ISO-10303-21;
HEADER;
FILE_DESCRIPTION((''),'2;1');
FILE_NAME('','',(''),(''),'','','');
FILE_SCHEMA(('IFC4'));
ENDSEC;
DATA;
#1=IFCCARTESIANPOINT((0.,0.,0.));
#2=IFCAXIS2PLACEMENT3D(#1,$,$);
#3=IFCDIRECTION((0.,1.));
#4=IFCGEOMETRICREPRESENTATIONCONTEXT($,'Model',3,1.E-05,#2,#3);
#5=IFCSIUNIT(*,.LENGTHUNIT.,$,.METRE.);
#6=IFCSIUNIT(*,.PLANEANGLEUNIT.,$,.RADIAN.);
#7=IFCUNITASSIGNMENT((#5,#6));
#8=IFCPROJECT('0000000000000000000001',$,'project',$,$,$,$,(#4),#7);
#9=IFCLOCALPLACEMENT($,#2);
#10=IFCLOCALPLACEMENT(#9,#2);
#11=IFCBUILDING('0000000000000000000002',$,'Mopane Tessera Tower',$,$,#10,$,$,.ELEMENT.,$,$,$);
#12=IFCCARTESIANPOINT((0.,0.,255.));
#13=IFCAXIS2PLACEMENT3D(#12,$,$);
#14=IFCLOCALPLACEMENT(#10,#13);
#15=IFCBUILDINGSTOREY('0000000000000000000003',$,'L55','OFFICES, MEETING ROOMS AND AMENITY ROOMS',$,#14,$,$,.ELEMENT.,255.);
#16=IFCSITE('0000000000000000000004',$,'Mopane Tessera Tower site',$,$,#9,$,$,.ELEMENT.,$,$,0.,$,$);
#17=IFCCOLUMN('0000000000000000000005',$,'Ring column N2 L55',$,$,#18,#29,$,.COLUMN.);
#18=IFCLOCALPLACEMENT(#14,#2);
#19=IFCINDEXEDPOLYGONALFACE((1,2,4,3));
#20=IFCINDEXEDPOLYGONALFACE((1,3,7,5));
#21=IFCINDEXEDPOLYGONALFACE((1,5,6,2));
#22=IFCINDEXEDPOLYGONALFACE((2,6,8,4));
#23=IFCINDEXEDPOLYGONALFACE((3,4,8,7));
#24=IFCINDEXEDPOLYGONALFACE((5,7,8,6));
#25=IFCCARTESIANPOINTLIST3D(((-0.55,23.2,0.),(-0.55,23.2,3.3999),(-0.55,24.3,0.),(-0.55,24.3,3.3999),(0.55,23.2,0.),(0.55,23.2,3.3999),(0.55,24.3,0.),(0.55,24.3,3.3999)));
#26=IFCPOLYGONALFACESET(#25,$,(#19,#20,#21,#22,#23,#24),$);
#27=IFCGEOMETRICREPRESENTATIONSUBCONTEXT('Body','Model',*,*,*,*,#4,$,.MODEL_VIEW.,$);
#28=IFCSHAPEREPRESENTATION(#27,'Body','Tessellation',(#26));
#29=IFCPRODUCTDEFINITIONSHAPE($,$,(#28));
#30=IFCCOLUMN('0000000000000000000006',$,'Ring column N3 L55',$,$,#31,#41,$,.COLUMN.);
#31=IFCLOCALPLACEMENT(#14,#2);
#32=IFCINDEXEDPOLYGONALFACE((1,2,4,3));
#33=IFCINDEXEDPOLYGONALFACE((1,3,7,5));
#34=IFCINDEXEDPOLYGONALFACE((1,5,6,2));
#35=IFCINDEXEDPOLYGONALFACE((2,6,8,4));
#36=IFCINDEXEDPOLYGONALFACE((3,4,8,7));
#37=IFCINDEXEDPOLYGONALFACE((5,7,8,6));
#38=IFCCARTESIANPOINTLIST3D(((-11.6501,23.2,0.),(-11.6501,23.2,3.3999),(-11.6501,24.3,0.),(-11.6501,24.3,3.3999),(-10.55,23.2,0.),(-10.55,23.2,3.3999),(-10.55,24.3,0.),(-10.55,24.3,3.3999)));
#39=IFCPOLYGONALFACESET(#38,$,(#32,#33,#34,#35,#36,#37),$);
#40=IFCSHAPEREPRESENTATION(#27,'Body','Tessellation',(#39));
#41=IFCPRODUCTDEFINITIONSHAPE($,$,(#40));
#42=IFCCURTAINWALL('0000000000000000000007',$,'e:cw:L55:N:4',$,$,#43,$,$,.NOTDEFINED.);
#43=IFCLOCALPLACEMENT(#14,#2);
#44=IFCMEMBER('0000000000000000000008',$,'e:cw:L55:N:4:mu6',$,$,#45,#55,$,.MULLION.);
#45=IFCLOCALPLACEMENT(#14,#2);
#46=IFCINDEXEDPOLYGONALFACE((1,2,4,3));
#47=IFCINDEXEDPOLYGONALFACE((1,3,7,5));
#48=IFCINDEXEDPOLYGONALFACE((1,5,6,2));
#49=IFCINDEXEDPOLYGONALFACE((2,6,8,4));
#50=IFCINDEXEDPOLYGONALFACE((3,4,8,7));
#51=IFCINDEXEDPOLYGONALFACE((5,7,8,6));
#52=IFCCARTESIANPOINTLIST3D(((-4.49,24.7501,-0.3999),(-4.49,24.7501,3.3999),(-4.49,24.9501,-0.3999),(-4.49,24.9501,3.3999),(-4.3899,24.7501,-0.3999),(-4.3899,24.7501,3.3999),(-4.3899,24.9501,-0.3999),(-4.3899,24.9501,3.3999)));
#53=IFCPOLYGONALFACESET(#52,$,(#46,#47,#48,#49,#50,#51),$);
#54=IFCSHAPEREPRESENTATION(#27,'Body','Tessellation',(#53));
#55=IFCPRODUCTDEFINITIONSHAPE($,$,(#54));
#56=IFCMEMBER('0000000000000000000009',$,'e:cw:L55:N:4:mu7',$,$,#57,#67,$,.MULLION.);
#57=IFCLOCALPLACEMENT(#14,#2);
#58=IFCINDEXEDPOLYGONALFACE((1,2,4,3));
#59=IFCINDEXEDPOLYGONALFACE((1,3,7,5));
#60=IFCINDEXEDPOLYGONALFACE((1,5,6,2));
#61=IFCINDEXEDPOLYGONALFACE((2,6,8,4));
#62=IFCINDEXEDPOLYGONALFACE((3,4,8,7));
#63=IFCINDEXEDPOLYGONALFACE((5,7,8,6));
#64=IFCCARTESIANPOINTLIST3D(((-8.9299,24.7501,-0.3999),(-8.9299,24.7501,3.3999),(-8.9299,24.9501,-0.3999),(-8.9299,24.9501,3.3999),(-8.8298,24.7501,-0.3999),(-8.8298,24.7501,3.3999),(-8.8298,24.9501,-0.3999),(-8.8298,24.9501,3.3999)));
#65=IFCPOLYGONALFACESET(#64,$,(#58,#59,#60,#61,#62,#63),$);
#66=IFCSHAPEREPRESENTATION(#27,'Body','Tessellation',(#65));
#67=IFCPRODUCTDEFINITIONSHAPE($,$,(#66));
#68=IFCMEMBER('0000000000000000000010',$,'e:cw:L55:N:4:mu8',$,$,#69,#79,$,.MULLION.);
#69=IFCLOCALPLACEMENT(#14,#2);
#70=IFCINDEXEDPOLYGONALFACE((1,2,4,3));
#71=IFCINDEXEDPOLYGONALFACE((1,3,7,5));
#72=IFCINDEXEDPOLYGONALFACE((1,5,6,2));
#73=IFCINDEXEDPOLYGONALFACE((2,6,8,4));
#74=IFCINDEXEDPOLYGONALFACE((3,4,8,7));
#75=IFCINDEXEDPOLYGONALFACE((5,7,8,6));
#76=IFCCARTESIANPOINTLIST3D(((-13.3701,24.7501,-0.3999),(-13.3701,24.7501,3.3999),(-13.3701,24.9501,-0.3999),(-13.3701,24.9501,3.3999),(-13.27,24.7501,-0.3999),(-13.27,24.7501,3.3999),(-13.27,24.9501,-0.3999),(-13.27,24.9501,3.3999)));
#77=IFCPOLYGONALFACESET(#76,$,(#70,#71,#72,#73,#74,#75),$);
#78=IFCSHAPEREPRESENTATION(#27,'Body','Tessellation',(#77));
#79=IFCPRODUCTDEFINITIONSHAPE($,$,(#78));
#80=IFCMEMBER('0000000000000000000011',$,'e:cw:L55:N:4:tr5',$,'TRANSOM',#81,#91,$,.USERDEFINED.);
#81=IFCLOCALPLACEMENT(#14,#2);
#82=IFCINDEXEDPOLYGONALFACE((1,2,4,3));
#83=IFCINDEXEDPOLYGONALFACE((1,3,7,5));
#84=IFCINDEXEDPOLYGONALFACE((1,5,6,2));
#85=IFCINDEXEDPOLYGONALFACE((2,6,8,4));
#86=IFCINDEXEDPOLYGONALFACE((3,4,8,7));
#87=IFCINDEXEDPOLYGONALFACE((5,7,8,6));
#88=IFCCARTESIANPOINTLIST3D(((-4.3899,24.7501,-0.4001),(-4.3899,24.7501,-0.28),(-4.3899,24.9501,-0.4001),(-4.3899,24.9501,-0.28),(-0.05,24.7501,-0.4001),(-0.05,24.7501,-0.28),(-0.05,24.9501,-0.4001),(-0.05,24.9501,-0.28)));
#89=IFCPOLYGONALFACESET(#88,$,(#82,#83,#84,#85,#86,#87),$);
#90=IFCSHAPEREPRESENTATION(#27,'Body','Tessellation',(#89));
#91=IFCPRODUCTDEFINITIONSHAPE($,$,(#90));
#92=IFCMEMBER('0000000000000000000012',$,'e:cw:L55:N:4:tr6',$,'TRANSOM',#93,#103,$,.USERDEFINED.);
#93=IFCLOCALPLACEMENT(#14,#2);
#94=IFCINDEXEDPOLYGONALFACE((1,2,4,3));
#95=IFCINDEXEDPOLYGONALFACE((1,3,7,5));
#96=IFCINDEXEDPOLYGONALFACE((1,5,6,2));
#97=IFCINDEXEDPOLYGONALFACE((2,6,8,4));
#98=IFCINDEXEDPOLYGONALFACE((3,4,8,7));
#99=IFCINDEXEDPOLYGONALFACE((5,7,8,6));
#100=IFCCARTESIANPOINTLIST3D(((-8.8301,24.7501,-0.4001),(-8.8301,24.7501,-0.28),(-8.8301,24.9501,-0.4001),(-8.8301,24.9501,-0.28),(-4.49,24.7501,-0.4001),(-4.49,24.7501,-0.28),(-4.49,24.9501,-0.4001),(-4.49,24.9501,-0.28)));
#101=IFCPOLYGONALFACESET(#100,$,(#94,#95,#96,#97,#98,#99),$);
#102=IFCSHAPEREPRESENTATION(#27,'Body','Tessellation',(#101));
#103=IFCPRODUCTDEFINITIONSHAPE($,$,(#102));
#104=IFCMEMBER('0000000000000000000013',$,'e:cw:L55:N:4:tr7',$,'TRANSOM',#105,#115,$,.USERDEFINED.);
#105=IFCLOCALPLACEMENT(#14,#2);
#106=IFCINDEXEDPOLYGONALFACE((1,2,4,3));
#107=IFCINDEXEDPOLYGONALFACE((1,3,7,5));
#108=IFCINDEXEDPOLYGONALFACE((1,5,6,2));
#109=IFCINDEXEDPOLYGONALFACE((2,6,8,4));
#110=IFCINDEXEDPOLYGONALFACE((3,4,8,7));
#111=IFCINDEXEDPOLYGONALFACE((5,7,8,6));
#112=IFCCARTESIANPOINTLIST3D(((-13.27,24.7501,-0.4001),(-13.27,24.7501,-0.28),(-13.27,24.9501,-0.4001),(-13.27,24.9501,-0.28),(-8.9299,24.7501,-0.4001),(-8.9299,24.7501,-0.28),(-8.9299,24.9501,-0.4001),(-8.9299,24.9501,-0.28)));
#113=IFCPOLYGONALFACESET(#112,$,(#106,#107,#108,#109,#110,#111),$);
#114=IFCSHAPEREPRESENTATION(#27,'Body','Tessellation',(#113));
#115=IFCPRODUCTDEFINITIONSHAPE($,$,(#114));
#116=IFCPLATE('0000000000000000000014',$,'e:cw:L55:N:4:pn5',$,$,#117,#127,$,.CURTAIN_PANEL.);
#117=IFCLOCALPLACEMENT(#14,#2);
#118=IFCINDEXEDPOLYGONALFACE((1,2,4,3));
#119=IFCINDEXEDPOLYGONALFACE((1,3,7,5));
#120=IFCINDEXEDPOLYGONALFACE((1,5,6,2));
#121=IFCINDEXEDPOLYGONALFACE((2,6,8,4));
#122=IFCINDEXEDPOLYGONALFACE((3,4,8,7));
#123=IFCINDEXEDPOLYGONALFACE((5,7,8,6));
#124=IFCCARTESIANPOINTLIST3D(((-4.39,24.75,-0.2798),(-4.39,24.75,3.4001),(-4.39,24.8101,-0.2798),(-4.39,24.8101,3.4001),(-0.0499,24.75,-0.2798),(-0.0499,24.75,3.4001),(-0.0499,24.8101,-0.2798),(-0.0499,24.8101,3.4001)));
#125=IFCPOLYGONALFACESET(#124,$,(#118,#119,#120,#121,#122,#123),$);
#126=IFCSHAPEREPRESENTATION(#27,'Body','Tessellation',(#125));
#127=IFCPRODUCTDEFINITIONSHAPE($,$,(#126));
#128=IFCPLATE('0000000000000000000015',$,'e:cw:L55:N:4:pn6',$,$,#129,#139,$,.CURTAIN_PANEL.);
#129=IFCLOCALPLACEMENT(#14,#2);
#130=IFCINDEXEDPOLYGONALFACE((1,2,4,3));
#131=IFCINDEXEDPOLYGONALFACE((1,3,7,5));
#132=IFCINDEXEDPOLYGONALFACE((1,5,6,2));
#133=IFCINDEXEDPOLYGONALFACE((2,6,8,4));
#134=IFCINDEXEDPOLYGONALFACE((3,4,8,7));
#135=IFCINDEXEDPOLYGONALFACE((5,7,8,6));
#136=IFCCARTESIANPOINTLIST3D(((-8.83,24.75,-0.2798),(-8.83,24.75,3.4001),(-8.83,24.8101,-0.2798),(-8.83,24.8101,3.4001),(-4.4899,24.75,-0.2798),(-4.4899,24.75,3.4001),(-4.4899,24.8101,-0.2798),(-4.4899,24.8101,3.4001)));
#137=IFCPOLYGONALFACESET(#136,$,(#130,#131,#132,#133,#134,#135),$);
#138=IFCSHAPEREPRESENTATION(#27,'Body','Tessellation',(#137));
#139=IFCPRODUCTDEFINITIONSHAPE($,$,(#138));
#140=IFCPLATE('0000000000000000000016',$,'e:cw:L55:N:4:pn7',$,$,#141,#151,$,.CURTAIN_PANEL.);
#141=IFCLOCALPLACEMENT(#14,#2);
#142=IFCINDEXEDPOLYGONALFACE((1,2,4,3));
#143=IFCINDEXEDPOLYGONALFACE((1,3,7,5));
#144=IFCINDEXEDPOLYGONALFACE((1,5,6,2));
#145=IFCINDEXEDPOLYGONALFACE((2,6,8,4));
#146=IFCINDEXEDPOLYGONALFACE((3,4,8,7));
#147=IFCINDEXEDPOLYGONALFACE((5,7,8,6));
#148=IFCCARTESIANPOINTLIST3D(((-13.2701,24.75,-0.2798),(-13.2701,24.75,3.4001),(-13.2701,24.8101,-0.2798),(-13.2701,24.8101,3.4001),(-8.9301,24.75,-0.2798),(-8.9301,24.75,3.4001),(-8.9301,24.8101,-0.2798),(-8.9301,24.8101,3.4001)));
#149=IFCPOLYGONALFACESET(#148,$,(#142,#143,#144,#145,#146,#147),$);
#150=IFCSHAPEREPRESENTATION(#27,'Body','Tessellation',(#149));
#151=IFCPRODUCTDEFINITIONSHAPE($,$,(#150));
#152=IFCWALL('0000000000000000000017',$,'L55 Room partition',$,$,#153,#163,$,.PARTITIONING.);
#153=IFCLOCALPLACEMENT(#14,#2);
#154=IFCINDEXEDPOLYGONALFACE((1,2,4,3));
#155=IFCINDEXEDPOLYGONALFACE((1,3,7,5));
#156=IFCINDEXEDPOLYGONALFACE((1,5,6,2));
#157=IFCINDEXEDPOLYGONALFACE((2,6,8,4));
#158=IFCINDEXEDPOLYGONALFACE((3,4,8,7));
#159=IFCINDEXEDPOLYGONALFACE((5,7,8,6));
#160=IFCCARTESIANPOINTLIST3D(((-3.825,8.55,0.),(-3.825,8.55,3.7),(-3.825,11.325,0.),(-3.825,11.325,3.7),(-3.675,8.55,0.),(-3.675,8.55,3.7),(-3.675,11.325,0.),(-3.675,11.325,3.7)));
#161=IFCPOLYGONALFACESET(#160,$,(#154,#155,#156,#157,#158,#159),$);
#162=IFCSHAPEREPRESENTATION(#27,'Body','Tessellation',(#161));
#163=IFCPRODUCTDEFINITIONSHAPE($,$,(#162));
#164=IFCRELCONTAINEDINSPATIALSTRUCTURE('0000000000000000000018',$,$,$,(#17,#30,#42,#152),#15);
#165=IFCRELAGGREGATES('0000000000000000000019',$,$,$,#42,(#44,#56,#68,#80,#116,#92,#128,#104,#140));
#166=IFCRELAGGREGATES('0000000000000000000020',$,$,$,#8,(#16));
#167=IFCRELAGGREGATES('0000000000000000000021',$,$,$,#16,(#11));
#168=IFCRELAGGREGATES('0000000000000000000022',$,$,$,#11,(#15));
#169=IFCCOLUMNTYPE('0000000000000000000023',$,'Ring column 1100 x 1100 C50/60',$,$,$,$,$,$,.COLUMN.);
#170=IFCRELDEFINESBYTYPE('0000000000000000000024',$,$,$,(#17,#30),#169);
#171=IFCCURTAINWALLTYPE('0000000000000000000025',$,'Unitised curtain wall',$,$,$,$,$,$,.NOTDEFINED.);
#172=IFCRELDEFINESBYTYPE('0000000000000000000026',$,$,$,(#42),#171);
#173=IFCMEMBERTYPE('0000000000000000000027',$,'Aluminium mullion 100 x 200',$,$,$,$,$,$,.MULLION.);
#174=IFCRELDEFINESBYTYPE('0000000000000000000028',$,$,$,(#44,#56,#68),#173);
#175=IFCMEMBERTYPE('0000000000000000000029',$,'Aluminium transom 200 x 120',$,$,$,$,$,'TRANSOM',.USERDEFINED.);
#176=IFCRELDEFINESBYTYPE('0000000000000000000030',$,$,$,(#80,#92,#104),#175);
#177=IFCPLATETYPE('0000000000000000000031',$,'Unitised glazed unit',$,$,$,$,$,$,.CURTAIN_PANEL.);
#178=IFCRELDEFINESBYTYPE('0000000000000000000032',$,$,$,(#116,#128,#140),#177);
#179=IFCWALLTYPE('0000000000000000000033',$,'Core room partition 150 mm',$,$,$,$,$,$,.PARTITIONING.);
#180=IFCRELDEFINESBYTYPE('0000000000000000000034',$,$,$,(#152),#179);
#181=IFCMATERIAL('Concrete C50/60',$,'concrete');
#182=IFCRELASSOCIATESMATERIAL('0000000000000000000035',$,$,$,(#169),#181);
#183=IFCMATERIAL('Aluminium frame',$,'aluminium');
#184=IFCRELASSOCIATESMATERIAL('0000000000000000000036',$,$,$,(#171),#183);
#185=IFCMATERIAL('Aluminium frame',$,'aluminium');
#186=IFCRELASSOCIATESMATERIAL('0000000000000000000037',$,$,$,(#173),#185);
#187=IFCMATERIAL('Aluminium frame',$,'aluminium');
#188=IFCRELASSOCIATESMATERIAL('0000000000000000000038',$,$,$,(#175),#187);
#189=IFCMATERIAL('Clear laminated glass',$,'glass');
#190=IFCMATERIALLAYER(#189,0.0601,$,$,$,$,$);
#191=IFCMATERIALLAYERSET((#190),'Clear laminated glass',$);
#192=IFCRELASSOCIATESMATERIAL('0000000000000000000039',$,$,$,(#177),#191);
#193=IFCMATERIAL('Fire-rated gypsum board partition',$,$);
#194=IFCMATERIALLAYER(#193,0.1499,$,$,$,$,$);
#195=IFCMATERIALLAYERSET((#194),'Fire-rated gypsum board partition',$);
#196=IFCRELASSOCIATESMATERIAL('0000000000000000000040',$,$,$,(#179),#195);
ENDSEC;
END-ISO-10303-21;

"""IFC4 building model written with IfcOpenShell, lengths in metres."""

from ifc_helpers import new_model, si_unit, direction, frame, frame_2d, origin, origin_2d, place, context, subcontext, project, spatial, rectangle, extrude, material, layer, layer_set, material_profile, profile_set, type_object, element, aggregate, save


model = new_model("IFC4")

# Units and contexts
model_context = context("Model", 3, precision=1e-05, world=origin(), true_north=direction((0.0, 1.0)))
body_context = subcontext(model_context, "Body", "Model", "MODEL_VIEW")
ifc_project = project(units=[si_unit("LENGTHUNIT", "METRE"), si_unit("PLANEANGLEUNIT", "RADIAN")], contexts=[model_context])

# Site, building, storey
site_placement = place(None, origin())
site = spatial("IfcSite", under=ifc_project, at=site_placement, Name="Mopane Tessera Tower site", CompositionType="ELEMENT", RefElevation=0.0)
building_placement = place(site_placement, origin())
building = spatial("IfcBuilding", under=site, at=building_placement, Name="Mopane Tessera Tower", CompositionType="ELEMENT")
storey_placement = place(building_placement, frame((0.0, 0.0, 255.0)))
storey = spatial("IfcBuildingStorey", under=building, at=storey_placement, Name="L55", Description="OFFICES, MEETING ROOMS AND AMENITY ROOMS", CompositionType="ELEMENT", Elevation=255.0)

# Columns
ifc_material_1 = material(Name="Concrete C50/60", Category="concrete")
ifc_material_profile_1 = material_profile(ifc_material_1, rectangle(XDim=1.1001, YDim=1.1001, at=origin_2d()))
ifc_profile_set_1 = profile_set([ifc_material_profile_1], Name="Concrete C50/60")
column_type = type_object("IfcColumnType", Name="Ring column 1100 x 1100 C50/60", PredefinedType="COLUMN", material=ifc_profile_set_1)
for number, where, z_axis, x_axis, name in (
    (1, (0.0, 23.75, 0.0), (0.0, 0.0, 1.0), (1.0, 0.0, 0.0), "Ring column N2 L55"),
    (2, (-11.1001, 23.75, 0.0), (0.0, 0.0, 1.0), (1.0, 0.0, 0.0), "Ring column N3 L55"),
):
    element("IfcColumn", number, at=place(storey_placement, frame(where, z_axis=z_axis, x_axis=x_axis)), inside=storey, type_object=column_type, Name=name, PredefinedType="COLUMN", context=body_context, shape_type="SweptSolid", body=[
        extrude(rectangle(XDim=1.1001, YDim=1.1001, at=origin_2d()), origin(), (0.0, 0.0, 1.0), 3.3999),
    ])

# Curtain wall, members, plates
ifc_material_2 = material(Name="Aluminium frame", Category="aluminium")
curtain_wall_type = type_object("IfcCurtainWallType", Name="Unitised curtain wall", PredefinedType="NOTDEFINED", material=ifc_material_2)
curtain_wall_placement = place(storey_placement, origin())
curtain_wall = element("IfcCurtainWall", 3, at=curtain_wall_placement, inside=storey, type_object=curtain_wall_type, Name="e:cw:L55:N:4", PredefinedType="NOTDEFINED")
ifc_material_3 = material(Name="Aluminium frame", Category="aluminium")
ifc_material_profile_2 = material_profile(ifc_material_3, rectangle(XDim=0.1001, YDim=0.2, at=origin_2d()))
ifc_profile_set_2 = profile_set([ifc_material_profile_2], Name="Aluminium frame")
member_type_1 = type_object("IfcMemberType", Name="Aluminium mullion 100 x 200", PredefinedType="MULLION", material=ifc_profile_set_2)
member_1_placement = place(storey_placement, frame((-4.4399, 24.8501, -0.3999), z_axis=(0.0, 0.0, 1.0), x_axis=(-1.0, 0.0, 0.0)))
member_1 = element("IfcMember", 4, at=member_1_placement, type_object=member_type_1, Name="e:cw:L55:N:4:mu6", PredefinedType="MULLION", context=body_context, shape_type="SweptSolid", body=[
    extrude(rectangle(XDim=0.1001, YDim=0.2, at=origin_2d()), origin(), (0.0, 0.0, 1.0), 3.7998),
])
member_2_placement = place(storey_placement, frame((-8.8799, 24.8501, -0.3999), z_axis=(0.0, 0.0, 1.0), x_axis=(-1.0, 0.0, 0.0)))
member_2 = element("IfcMember", 5, at=member_2_placement, type_object=member_type_1, Name="e:cw:L55:N:4:mu7", PredefinedType="MULLION", context=body_context, shape_type="SweptSolid", body=[
    extrude(rectangle(XDim=0.1001, YDim=0.2, at=origin_2d()), origin(), (0.0, 0.0, 1.0), 3.7998),
])
member_3_placement = place(storey_placement, frame((-13.3201, 24.8501, -0.3999), z_axis=(0.0, 0.0, 1.0), x_axis=(-1.0, 0.0, 0.0)))
member_3 = element("IfcMember", 6, at=member_3_placement, type_object=member_type_1, Name="e:cw:L55:N:4:mu8", PredefinedType="MULLION", context=body_context, shape_type="SweptSolid", body=[
    extrude(rectangle(XDim=0.1001, YDim=0.2, at=origin_2d()), origin(), (0.0, 0.0, 1.0), 3.7998),
])
ifc_material_4 = material(Name="Aluminium frame", Category="aluminium")
ifc_material_profile_3 = material_profile(ifc_material_4, rectangle(XDim=0.2, YDim=0.1201, at=origin_2d()))
ifc_profile_set_3 = profile_set([ifc_material_profile_3], Name="Aluminium frame")
member_type_2 = type_object("IfcMemberType", Name="Aluminium transom 200 x 120", ElementType="TRANSOM", PredefinedType="USERDEFINED", material=ifc_profile_set_3)
member_4_placement = place(storey_placement, frame((-0.05, 24.8501, -0.3401), z_axis=(-1.0, 0.0, 0.0), x_axis=(0.0, -1.0, 0.0)))
member_4 = element("IfcMember", 7, at=member_4_placement, type_object=member_type_2, Name="e:cw:L55:N:4:tr5", ObjectType="TRANSOM", PredefinedType="USERDEFINED", context=body_context, shape_type="SweptSolid", body=[
    extrude(rectangle(XDim=0.2, YDim=0.1201, at=origin_2d()), origin(), (0.0, 0.0, 1.0), 4.3398),
])
member_5_placement = place(storey_placement, frame((-4.49, 24.8501, -0.3401), z_axis=(-1.0, 0.0, 0.0), x_axis=(0.0, -1.0, 0.0)))
member_5 = element("IfcMember", 8, at=member_5_placement, type_object=member_type_2, Name="e:cw:L55:N:4:tr6", ObjectType="TRANSOM", PredefinedType="USERDEFINED", context=body_context, shape_type="SweptSolid", body=[
    extrude(rectangle(XDim=0.2, YDim=0.1201, at=origin_2d()), origin(), (0.0, 0.0, 1.0), 4.3401),
])
member_6_placement = place(storey_placement, frame((-8.9299, 24.8501, -0.3401), z_axis=(-1.0, 0.0, 0.0), x_axis=(0.0, -1.0, 0.0)))
member_6 = element("IfcMember", 9, at=member_6_placement, type_object=member_type_2, Name="e:cw:L55:N:4:tr7", ObjectType="TRANSOM", PredefinedType="USERDEFINED", context=body_context, shape_type="SweptSolid", body=[
    extrude(rectangle(XDim=0.2, YDim=0.1201, at=origin_2d()), origin(), (0.0, 0.0, 1.0), 4.3401),
])
ifc_material_5 = material(Name="Clear laminated glass", Category="glass")
ifc_layer_1 = layer(ifc_material_5, 0.0601)
ifc_layer_set_1 = layer_set([ifc_layer_1], Name="Clear laminated glass")
plate_type = type_object("IfcPlateType", Name="Unitised glazed unit", PredefinedType="CURTAIN_PANEL", material=ifc_layer_set_1)
plate_1_placement = place(storey_placement, frame((-2.22, 24.78, -0.2798), z_axis=(0.0, 0.0, 1.0), x_axis=(-1.0, 0.0, 0.0)))
plate_1 = element("IfcPlate", 10, at=plate_1_placement, type_object=plate_type, Name="e:cw:L55:N:4:pn5", PredefinedType="CURTAIN_PANEL", context=body_context, shape_type="SweptSolid", body=[
    extrude(rectangle(XDim=4.3401, YDim=0.0601, at=origin_2d()), origin(), (0.0, 0.0, 1.0), 3.6799),
])
plate_2_placement = place(storey_placement, frame((-6.6599, 24.78, -0.2798), z_axis=(0.0, 0.0, 1.0), x_axis=(-1.0, 0.0, 0.0)))
plate_2 = element("IfcPlate", 11, at=plate_2_placement, type_object=plate_type, Name="e:cw:L55:N:4:pn6", PredefinedType="CURTAIN_PANEL", context=body_context, shape_type="SweptSolid", body=[
    extrude(rectangle(XDim=4.3401, YDim=0.0601, at=origin_2d()), origin(), (0.0, 0.0, 1.0), 3.6799),
])
plate_3_placement = place(storey_placement, frame((-11.1001, 24.78, -0.2798), z_axis=(0.0, 0.0, 1.0), x_axis=(-1.0, 0.0, 0.0)))
plate_3 = element("IfcPlate", 12, at=plate_3_placement, type_object=plate_type, Name="e:cw:L55:N:4:pn7", PredefinedType="CURTAIN_PANEL", context=body_context, shape_type="SweptSolid", body=[
    extrude(rectangle(XDim=4.3401, YDim=0.0601, at=origin_2d()), origin(), (0.0, 0.0, 1.0), 3.6799),
])
aggregate(curtain_wall, [member_1, member_2, member_3, member_4, plate_1, member_5, plate_2, member_6, plate_3])

# Wall
ifc_material_6 = material(Name="Fire-rated gypsum board partition")
ifc_layer_2 = layer(ifc_material_6, 0.1499)
ifc_layer_set_2 = layer_set([ifc_layer_2], Name="Fire-rated gypsum board partition")
wall_type = type_object("IfcWallType", Name="Core room partition 150 mm", PredefinedType="PARTITIONING", material=ifc_layer_set_2)
wall_1_placement = place(storey_placement, frame((-3.75, 8.55, 0.0), z_axis=(0.0, 0.0, 1.0), x_axis=(0.0, 1.0, 0.0)))
element("IfcWall", 13, at=wall_1_placement, inside=storey, type_object=wall_type, Name="L55 Room partition", PredefinedType="PARTITIONING", context=body_context, shape_type="SweptSolid", body=[
    extrude(rectangle(XDim=2.7749, YDim=0.1499, at=frame_2d((1.3875, 0.0))), origin(), (0.0, 0.0, 1.0), 3.7),
])

save(model, "model.ifc")
